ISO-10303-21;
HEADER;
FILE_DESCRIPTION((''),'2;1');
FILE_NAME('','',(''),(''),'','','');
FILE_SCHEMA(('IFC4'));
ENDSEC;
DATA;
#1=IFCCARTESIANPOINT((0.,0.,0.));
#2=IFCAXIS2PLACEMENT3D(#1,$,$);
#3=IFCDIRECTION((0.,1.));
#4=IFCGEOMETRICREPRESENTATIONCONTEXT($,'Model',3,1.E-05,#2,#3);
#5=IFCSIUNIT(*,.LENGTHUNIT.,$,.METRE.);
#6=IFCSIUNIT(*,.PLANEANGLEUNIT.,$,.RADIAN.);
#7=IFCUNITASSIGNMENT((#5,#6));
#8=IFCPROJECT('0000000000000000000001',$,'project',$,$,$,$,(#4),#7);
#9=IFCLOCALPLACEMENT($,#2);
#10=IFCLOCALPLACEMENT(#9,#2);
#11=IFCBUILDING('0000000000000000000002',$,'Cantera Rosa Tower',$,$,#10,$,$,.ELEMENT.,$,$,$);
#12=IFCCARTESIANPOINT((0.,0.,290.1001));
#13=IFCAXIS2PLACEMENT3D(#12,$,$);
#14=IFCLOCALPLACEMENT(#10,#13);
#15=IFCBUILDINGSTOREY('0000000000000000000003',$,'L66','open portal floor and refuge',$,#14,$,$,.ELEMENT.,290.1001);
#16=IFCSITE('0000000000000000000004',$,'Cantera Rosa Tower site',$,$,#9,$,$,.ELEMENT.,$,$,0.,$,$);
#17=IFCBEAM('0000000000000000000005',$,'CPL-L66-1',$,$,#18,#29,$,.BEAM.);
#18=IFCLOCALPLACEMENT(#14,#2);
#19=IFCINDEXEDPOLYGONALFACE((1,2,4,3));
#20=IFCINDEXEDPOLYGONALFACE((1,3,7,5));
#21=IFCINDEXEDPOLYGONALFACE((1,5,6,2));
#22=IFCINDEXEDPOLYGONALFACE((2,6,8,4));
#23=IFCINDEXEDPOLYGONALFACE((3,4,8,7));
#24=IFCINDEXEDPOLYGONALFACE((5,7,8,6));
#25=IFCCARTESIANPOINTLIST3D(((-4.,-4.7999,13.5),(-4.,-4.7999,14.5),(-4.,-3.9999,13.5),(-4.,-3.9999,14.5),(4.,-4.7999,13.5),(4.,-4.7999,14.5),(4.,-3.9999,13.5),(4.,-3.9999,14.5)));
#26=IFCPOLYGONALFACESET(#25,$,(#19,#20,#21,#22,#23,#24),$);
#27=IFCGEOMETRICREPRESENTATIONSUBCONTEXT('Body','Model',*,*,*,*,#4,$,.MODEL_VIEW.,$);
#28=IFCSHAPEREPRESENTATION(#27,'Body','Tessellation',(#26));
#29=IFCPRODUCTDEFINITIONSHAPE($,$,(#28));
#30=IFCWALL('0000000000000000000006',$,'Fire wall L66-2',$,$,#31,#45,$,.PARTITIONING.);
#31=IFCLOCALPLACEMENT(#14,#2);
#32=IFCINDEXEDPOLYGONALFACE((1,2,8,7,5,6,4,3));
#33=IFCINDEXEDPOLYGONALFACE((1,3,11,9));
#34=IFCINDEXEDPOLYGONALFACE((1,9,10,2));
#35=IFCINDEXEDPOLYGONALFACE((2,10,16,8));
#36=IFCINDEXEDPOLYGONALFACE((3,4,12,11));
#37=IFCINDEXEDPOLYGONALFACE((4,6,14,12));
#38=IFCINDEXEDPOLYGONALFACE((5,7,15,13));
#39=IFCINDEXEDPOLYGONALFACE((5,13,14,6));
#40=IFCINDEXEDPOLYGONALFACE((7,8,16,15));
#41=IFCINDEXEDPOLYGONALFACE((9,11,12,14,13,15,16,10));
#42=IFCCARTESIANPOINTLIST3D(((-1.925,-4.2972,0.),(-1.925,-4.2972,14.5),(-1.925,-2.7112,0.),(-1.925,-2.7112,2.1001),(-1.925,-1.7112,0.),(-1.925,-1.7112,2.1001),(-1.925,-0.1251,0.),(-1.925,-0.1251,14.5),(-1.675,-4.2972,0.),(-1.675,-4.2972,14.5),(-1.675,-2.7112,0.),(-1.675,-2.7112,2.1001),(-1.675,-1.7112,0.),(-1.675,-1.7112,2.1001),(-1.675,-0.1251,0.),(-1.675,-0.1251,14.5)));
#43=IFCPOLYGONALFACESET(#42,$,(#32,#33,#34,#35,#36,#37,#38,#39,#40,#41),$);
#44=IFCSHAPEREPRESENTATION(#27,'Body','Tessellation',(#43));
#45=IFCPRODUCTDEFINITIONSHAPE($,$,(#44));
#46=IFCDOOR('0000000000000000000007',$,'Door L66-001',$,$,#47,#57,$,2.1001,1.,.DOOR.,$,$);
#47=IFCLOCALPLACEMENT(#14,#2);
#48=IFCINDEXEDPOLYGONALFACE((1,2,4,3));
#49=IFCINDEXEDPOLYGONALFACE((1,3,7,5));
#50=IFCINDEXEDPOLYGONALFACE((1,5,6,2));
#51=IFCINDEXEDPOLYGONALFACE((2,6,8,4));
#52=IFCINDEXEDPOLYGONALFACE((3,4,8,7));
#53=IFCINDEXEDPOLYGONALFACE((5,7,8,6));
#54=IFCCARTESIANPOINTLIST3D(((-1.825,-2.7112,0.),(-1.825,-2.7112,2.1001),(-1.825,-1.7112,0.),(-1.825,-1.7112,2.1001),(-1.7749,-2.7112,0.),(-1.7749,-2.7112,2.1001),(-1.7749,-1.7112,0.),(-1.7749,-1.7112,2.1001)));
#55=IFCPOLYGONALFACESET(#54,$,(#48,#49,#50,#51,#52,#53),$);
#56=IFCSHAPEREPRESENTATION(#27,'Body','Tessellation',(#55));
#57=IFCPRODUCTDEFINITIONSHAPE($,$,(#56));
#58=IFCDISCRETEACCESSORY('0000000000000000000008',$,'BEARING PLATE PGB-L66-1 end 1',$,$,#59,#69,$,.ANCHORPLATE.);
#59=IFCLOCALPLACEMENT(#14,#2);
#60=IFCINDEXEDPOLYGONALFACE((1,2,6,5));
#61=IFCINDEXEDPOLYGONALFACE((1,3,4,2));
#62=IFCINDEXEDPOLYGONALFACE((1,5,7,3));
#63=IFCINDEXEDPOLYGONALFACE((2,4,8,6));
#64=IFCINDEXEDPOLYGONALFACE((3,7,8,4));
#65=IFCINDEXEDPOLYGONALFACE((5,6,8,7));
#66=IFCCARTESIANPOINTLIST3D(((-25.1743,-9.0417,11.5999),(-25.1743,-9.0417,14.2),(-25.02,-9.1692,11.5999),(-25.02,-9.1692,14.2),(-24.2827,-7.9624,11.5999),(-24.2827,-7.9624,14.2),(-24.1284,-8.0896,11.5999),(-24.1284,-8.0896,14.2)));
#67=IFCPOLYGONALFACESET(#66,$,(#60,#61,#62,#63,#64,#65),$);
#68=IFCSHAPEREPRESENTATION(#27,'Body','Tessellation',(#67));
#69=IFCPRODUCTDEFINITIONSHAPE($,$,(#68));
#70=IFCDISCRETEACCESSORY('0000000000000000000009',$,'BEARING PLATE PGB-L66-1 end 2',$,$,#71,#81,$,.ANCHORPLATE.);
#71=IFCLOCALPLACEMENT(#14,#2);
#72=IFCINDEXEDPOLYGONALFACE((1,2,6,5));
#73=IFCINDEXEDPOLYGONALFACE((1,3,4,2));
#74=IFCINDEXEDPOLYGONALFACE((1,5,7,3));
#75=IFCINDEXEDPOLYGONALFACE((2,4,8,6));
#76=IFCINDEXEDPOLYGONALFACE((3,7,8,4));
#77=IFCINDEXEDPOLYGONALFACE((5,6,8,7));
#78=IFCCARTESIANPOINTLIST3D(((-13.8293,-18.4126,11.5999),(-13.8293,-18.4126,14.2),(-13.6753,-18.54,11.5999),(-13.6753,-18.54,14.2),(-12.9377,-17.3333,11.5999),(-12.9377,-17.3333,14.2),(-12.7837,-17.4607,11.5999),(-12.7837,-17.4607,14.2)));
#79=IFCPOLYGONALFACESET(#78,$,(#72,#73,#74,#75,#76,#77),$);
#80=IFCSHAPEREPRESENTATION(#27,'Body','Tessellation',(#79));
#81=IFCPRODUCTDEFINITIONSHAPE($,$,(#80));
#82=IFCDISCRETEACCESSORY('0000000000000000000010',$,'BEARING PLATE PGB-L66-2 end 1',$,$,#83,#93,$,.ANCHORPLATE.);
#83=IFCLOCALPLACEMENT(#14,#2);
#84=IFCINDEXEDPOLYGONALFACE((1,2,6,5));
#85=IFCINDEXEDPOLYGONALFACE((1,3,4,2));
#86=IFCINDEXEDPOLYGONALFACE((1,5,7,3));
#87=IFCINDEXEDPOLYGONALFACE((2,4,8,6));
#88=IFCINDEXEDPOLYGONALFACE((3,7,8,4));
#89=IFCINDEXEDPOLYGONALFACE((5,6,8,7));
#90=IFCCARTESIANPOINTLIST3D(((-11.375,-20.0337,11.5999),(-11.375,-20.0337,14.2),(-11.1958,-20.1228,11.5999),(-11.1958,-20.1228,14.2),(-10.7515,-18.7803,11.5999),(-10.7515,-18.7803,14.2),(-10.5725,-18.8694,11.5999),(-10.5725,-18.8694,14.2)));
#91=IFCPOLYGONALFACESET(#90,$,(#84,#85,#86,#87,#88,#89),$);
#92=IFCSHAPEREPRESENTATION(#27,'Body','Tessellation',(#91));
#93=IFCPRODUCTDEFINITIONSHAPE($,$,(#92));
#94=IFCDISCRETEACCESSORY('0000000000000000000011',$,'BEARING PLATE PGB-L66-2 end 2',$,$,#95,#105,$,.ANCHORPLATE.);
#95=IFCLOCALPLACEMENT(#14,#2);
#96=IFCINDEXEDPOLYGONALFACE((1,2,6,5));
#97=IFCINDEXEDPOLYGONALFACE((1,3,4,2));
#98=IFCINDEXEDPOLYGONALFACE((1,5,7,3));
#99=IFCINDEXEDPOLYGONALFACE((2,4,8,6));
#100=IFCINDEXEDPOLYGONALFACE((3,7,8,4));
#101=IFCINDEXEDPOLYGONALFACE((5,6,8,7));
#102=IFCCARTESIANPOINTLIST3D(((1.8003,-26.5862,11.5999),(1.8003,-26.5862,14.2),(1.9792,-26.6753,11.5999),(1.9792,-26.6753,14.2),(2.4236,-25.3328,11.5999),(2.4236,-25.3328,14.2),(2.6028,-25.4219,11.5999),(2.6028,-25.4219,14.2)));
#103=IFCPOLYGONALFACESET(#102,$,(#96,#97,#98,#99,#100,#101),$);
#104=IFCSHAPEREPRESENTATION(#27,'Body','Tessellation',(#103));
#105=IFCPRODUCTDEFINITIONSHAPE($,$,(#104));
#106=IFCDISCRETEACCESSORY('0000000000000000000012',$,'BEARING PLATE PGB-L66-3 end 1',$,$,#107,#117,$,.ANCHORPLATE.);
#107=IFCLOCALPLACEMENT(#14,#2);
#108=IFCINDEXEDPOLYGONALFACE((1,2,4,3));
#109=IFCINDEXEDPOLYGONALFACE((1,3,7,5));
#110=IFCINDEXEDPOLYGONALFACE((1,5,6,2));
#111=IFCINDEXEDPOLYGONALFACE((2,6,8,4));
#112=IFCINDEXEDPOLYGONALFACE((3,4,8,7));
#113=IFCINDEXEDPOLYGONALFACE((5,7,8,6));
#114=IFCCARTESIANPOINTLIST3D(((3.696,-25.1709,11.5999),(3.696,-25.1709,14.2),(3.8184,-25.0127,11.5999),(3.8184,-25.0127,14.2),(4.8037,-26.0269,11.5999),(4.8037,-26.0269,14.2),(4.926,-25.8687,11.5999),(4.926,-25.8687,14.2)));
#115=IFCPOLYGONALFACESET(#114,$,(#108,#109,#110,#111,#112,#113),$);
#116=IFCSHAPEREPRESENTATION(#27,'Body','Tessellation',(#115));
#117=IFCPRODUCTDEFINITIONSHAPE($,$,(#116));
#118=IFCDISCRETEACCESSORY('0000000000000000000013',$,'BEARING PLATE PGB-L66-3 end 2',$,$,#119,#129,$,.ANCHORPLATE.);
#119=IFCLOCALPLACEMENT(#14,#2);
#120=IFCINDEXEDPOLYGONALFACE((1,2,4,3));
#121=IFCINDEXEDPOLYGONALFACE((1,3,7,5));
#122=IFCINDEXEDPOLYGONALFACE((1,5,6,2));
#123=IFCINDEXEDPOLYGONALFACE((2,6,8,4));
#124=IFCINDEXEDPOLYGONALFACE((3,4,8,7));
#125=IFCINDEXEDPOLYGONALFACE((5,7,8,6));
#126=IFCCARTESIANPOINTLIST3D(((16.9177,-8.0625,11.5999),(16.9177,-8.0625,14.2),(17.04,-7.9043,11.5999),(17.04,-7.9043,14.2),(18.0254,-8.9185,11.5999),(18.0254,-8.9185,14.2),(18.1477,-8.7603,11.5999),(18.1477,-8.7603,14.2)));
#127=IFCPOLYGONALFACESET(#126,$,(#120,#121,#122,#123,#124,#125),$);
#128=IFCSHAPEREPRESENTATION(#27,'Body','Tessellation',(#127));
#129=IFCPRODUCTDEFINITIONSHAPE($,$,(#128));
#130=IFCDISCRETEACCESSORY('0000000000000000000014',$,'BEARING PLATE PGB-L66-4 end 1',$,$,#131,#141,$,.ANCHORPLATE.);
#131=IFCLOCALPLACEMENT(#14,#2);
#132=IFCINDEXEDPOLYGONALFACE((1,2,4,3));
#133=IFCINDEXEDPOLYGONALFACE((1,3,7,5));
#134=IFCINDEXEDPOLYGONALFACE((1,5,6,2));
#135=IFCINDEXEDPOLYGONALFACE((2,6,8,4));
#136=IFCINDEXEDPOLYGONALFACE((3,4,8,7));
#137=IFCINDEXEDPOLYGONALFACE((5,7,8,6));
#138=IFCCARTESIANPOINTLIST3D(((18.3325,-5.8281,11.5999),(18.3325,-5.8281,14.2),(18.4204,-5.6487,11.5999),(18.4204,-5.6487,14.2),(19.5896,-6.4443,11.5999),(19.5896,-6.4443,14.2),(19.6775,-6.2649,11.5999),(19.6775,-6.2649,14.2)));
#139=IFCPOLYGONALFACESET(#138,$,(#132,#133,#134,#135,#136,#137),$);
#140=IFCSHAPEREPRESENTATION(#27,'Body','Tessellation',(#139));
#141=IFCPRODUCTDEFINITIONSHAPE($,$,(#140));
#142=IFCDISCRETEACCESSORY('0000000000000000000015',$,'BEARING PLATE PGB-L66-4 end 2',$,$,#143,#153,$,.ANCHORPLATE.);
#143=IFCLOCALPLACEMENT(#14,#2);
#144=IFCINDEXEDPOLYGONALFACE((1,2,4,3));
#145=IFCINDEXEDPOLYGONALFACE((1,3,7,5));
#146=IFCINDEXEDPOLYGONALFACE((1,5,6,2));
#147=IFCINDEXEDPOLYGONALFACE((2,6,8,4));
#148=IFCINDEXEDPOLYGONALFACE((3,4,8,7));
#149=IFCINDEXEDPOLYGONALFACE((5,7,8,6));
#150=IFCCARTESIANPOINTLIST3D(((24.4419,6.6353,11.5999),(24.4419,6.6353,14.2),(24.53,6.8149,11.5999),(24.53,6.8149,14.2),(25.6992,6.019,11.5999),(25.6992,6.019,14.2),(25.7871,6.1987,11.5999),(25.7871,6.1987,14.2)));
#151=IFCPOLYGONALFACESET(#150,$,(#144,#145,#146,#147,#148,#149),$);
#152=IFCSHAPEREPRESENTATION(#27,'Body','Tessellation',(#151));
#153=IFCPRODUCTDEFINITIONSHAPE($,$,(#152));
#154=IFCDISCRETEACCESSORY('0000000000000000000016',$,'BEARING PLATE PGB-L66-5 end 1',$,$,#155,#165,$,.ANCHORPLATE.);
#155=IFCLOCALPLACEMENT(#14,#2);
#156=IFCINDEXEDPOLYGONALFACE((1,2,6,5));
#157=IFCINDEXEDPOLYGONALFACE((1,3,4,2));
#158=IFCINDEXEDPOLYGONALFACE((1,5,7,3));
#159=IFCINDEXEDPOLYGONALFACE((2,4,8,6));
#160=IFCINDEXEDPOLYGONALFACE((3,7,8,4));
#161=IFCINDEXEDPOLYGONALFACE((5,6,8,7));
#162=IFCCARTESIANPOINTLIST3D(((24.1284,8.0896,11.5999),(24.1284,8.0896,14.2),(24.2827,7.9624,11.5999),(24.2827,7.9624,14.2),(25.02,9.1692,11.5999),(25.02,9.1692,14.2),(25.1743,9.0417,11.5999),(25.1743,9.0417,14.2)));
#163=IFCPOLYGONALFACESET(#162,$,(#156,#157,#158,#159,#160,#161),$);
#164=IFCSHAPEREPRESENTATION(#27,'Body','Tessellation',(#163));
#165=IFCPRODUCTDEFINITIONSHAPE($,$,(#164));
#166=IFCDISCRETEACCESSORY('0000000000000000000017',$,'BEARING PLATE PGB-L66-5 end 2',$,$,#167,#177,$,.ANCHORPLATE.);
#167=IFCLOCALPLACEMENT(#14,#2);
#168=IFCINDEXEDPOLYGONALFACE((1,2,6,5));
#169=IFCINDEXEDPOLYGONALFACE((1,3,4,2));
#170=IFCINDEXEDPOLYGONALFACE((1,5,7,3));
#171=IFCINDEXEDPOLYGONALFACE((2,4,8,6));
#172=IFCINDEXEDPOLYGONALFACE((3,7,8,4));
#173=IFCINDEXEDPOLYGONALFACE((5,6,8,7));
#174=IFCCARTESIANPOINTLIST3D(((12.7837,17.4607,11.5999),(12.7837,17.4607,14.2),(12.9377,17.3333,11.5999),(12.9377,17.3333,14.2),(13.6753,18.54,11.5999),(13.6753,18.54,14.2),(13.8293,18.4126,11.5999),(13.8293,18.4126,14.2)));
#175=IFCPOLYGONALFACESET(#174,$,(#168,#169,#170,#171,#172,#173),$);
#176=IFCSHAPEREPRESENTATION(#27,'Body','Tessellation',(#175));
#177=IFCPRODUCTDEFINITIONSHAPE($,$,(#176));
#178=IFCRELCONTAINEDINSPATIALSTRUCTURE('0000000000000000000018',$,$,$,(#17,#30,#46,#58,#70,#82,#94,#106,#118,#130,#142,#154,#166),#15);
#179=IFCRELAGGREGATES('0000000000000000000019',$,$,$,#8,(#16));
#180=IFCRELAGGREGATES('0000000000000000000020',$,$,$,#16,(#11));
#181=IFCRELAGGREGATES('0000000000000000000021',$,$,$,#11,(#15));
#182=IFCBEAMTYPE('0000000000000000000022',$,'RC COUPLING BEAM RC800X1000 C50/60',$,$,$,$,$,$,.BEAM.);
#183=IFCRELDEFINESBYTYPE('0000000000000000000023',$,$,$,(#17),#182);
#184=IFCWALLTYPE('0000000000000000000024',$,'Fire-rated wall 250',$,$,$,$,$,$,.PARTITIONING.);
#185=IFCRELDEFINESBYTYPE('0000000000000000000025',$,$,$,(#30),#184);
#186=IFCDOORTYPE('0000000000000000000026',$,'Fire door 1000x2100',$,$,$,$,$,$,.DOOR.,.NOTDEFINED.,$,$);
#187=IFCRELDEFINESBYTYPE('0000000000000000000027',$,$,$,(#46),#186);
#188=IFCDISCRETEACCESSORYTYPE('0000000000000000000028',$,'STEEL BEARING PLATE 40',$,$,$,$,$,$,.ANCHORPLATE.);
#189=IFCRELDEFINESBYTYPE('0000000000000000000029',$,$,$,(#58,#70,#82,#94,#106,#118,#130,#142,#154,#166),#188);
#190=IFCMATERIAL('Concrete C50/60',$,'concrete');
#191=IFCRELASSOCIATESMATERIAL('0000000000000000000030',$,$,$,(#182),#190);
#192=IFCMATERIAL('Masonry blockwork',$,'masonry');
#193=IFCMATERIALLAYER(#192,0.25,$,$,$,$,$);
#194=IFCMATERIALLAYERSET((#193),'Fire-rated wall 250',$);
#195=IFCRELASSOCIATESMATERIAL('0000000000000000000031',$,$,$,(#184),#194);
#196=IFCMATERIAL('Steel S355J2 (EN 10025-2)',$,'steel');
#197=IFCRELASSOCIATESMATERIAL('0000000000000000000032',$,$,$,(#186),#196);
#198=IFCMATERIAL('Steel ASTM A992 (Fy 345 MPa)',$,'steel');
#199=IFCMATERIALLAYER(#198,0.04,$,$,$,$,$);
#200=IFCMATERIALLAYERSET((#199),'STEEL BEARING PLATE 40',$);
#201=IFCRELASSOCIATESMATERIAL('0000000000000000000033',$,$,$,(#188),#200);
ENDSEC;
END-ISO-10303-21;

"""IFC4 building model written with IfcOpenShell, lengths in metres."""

from ifc_helpers import new_model, si_unit, direction, frame, frame_2d, origin, origin_2d, place, context, subcontext, project, spatial, polyline, rectangle, outline, extrude, material, layer, layer_set, material_profile, profile_set, type_object, element, fill, save


model = new_model("IFC4")

# Units and contexts
model_context = context("Model", 3, precision=1e-05, world=origin(), true_north=direction((0.0, 1.0)))
body_context = subcontext(model_context, "Body", "Model", "MODEL_VIEW")
ifc_project = project(units=[si_unit("LENGTHUNIT", "METRE"), si_unit("PLANEANGLEUNIT", "RADIAN")], contexts=[model_context])

# Site, building, storey
site_placement = place(None, origin())
site = spatial("IfcSite", under=ifc_project, at=site_placement, Name="Cantera Rosa Tower site", CompositionType="ELEMENT", RefElevation=0.0)
building_placement = place(site_placement, origin())
building = spatial("IfcBuilding", under=site, at=building_placement, Name="Cantera Rosa Tower", CompositionType="ELEMENT")
storey_placement = place(building_placement, frame((0.0, 0.0, 290.1001)))
storey = spatial("IfcBuildingStorey", under=building, at=storey_placement, Name="L66", Description="open portal floor and refuge", CompositionType="ELEMENT", Elevation=290.1001)

# Beam
ifc_material_1 = material(Name="Concrete C50/60", Category="concrete")
ifc_material_profile = material_profile(ifc_material_1, rectangle(XDim=0.8, YDim=1.0, at=origin_2d()), Name="RC COUPLING BEAM RC800X1000 C50/60")
ifc_profile_set = profile_set([ifc_material_profile], Name="Concrete C50/60")
beam_type = type_object("IfcBeamType", Name="RC COUPLING BEAM RC800X1000 C50/60", PredefinedType="BEAM", material=ifc_profile_set)
beam_placement = place(storey_placement, frame((-4.0, -4.3999, 14.0), z_axis=(1.0, 0.0, 0.0), x_axis=(0.0, 1.0, 0.0)))
element("IfcBeam", 1, at=beam_placement, inside=storey, type_object=beam_type, Name="CPL-L66-1", PredefinedType="BEAM", context=body_context, shape_type="SweptSolid", body=[
    extrude(rectangle(XDim=0.8, YDim=1.0, at=origin_2d()), origin(), (0.0, 0.0, 1.0), 8.0),
])

# Wall, opening, door
ifc_material_2 = material(Name="Masonry blockwork", Category="masonry")
ifc_layer_1 = layer(ifc_material_2, 0.25)
ifc_layer_set_1 = layer_set([ifc_layer_1], Name="Fire-rated wall 250")
wall_type = type_object("IfcWallType", Name="Fire-rated wall 250", PredefinedType="PARTITIONING", material=ifc_layer_set_1)
wall_placement = place(storey_placement, frame((-1.8, -4.2971, 0.0), z_axis=(0.0, 0.0, 1.0), x_axis=(0.0, 1.0, 0.0)))
wall = element("IfcWall", 2, at=wall_placement, inside=storey, type_object=wall_type, Name="Fire wall L66-2", PredefinedType="PARTITIONING", context=body_context, shape_type="SweptSolid", body=[
    extrude(rectangle(XDim=4.1721, YDim=0.25, at=frame_2d((2.0859, 0.0))), origin(), (0.0, 0.0, 1.0), 14.5),
])
opening_placement = place(wall_placement, frame((1.5859, 0.0, 0.0)))
opening = element("IfcOpeningElement", 3, at=opening_placement, cuts=wall, PredefinedType="OPENING", context=body_context, shape_type="SweptSolid", body=[
    extrude(rectangle(XDim=1.0, YDim=2.1001, at=frame_2d((0.5, 1.05))), frame((0.0, 0.135, 0.0), z_axis=(0.0, -1.0, 0.0), x_axis=(1.0, 0.0, 0.0)), (0.0, 0.0, 1.0), 0.27),
])
ifc_material_3 = material(Name="Steel S355J2 (EN 10025-2)", Category="steel")
door_type = type_object("IfcDoorType", Name="Fire door 1000x2100", OperationType="NOTDEFINED", PredefinedType="DOOR", material=ifc_material_3)
door_placement = place(opening_placement, origin())
door = element("IfcDoor", 4, at=door_placement, inside=storey, type_object=door_type, Name="Door L66-001", OverallHeight=2.1001, OverallWidth=1.0, PredefinedType="DOOR", context=body_context, shape_type="SweptSolid", body=[
    extrude(rectangle(XDim=1.0, YDim=2.1001, at=frame_2d((0.5, 1.05))), frame((0.0, 0.0249, 0.0), z_axis=(0.0, -1.0, 0.0), x_axis=(1.0, 0.0, 0.0)), (0.0, 0.0, 1.0), 0.05),
])
fill(opening, door)

# Discrete accessories
ifc_material_4 = material(Name="Steel ASTM A992 (Fy 345 MPa)", Category="steel")
ifc_layer_2 = layer(ifc_material_4, 0.04)
ifc_layer_set_2 = layer_set([ifc_layer_2], Name="STEEL BEARING PLATE 40")
discrete_accessory_type = type_object("IfcDiscreteAccessoryType", Name="STEEL BEARING PLATE 40", PredefinedType="ANCHORPLATE", material=ifc_layer_set_2)
discrete_accessory_1_placement = place(storey_placement, frame((0.0, 0.0, 11.5999)))
element("IfcDiscreteAccessory", 5, at=discrete_accessory_1_placement, inside=storey, type_object=discrete_accessory_type, Name="BEARING PLATE PGB-L66-1 end 1", PredefinedType="ANCHORPLATE", context=body_context, shape_type="SweptSolid", body=[
    extrude(outline(polyline([(-24.1284, -8.0896), (-24.2827, -7.9624), (-25.1743, -9.0417), (-25.02, -9.1692), (-24.1284, -8.0896)])), origin(), (0.0, 0.0, 1.0), 2.6001),
])
discrete_accessory_2_placement = place(storey_placement, frame((0.0, 0.0, 11.5999)))
element("IfcDiscreteAccessory", 6, at=discrete_accessory_2_placement, inside=storey, type_object=discrete_accessory_type, Name="BEARING PLATE PGB-L66-1 end 2", PredefinedType="ANCHORPLATE", context=body_context, shape_type="SweptSolid", body=[
    extrude(outline(polyline([(-13.8293, -18.4126), (-13.6753, -18.54), (-12.7837, -17.4607), (-12.9377, -17.3333), (-13.8293, -18.4126)])), origin(), (0.0, 0.0, 1.0), 2.6001),
])
discrete_accessory_3_placement = place(storey_placement, frame((0.0, 0.0, 11.5999)))
element("IfcDiscreteAccessory", 7, at=discrete_accessory_3_placement, inside=storey, type_object=discrete_accessory_type, Name="BEARING PLATE PGB-L66-2 end 1", PredefinedType="ANCHORPLATE", context=body_context, shape_type="SweptSolid", body=[
    extrude(outline(polyline([(-10.5725, -18.8694), (-10.7515, -18.7803), (-11.375, -20.0337), (-11.1958, -20.1228), (-10.5725, -18.8694)])), origin(), (0.0, 0.0, 1.0), 2.6001),
])
discrete_accessory_4_placement = place(storey_placement, frame((0.0, 0.0, 11.5999)))
element("IfcDiscreteAccessory", 8, at=discrete_accessory_4_placement, inside=storey, type_object=discrete_accessory_type, Name="BEARING PLATE PGB-L66-2 end 2", PredefinedType="ANCHORPLATE", context=body_context, shape_type="SweptSolid", body=[
    extrude(outline(polyline([(1.8003, -26.5862), (1.9792, -26.6753), (2.6028, -25.4219), (2.4236, -25.3328), (1.8003, -26.5862)])), origin(), (0.0, 0.0, 1.0), 2.6001),
])
discrete_accessory_5_placement = place(storey_placement, frame((0.0, 0.0, 11.5999)))
element("IfcDiscreteAccessory", 9, at=discrete_accessory_5_placement, inside=storey, type_object=discrete_accessory_type, Name="BEARING PLATE PGB-L66-3 end 1", PredefinedType="ANCHORPLATE", context=body_context, shape_type="SweptSolid", body=[
    extrude(outline(polyline([(3.8184, -25.0127), (3.696, -25.1709), (4.8037, -26.0269), (4.926, -25.8687), (3.8184, -25.0127)])), origin(), (0.0, 0.0, 1.0), 2.6001),
])
discrete_accessory_6_placement = place(storey_placement, frame((0.0, 0.0, 11.5999)))
element("IfcDiscreteAccessory", 10, at=discrete_accessory_6_placement, inside=storey, type_object=discrete_accessory_type, Name="BEARING PLATE PGB-L66-3 end 2", PredefinedType="ANCHORPLATE", context=body_context, shape_type="SweptSolid", body=[
    extrude(outline(polyline([(18.0254, -8.9185), (18.1477, -8.7603), (17.04, -7.9043), (16.9177, -8.0625), (18.0254, -8.9185)])), origin(), (0.0, 0.0, 1.0), 2.6001),
])
discrete_accessory_7_placement = place(storey_placement, frame((0.0, 0.0, 11.5999)))
element("IfcDiscreteAccessory", 11, at=discrete_accessory_7_placement, inside=storey, type_object=discrete_accessory_type, Name="BEARING PLATE PGB-L66-4 end 1", PredefinedType="ANCHORPLATE", context=body_context, shape_type="SweptSolid", body=[
    extrude(outline(polyline([(18.4204, -5.6487), (18.3325, -5.8281), (19.5896, -6.4443), (19.6775, -6.2649), (18.4204, -5.6487)])), origin(), (0.0, 0.0, 1.0), 2.6001),
])
discrete_accessory_8_placement = place(storey_placement, frame((0.0, 0.0, 11.5999)))
element("IfcDiscreteAccessory", 12, at=discrete_accessory_8_placement, inside=storey, type_object=discrete_accessory_type, Name="BEARING PLATE PGB-L66-4 end 2", PredefinedType="ANCHORPLATE", context=body_context, shape_type="SweptSolid", body=[
    extrude(outline(polyline([(25.6992, 6.019), (25.7871, 6.1987), (24.53, 6.8149), (24.4419, 6.6353), (25.6992, 6.019)])), origin(), (0.0, 0.0, 1.0), 2.6001),
])
discrete_accessory_9_placement = place(storey_placement, frame((0.0, 0.0, 11.5999)))
element("IfcDiscreteAccessory", 13, at=discrete_accessory_9_placement, inside=storey, type_object=discrete_accessory_type, Name="BEARING PLATE PGB-L66-5 end 1", PredefinedType="ANCHORPLATE", context=body_context, shape_type="SweptSolid", body=[
    extrude(outline(polyline([(24.1284, 8.0896), (24.2827, 7.9624), (25.1743, 9.0417), (25.02, 9.1692), (24.1284, 8.0896)])), origin(), (0.0, 0.0, 1.0), 2.6001),
])
discrete_accessory_10_placement = place(storey_placement, frame((0.0, 0.0, 11.5999)))
element("IfcDiscreteAccessory", 14, at=discrete_accessory_10_placement, inside=storey, type_object=discrete_accessory_type, Name="BEARING PLATE PGB-L66-5 end 2", PredefinedType="ANCHORPLATE", context=body_context, shape_type="SweptSolid", body=[
    extrude(outline(polyline([(13.8293, 18.4126), (13.6753, 18.54), (12.7837, 17.4607), (12.9377, 17.3333), (13.8293, 18.4126)])), origin(), (0.0, 0.0, 1.0), 2.6001),
])

save(model, "model.ifc")
